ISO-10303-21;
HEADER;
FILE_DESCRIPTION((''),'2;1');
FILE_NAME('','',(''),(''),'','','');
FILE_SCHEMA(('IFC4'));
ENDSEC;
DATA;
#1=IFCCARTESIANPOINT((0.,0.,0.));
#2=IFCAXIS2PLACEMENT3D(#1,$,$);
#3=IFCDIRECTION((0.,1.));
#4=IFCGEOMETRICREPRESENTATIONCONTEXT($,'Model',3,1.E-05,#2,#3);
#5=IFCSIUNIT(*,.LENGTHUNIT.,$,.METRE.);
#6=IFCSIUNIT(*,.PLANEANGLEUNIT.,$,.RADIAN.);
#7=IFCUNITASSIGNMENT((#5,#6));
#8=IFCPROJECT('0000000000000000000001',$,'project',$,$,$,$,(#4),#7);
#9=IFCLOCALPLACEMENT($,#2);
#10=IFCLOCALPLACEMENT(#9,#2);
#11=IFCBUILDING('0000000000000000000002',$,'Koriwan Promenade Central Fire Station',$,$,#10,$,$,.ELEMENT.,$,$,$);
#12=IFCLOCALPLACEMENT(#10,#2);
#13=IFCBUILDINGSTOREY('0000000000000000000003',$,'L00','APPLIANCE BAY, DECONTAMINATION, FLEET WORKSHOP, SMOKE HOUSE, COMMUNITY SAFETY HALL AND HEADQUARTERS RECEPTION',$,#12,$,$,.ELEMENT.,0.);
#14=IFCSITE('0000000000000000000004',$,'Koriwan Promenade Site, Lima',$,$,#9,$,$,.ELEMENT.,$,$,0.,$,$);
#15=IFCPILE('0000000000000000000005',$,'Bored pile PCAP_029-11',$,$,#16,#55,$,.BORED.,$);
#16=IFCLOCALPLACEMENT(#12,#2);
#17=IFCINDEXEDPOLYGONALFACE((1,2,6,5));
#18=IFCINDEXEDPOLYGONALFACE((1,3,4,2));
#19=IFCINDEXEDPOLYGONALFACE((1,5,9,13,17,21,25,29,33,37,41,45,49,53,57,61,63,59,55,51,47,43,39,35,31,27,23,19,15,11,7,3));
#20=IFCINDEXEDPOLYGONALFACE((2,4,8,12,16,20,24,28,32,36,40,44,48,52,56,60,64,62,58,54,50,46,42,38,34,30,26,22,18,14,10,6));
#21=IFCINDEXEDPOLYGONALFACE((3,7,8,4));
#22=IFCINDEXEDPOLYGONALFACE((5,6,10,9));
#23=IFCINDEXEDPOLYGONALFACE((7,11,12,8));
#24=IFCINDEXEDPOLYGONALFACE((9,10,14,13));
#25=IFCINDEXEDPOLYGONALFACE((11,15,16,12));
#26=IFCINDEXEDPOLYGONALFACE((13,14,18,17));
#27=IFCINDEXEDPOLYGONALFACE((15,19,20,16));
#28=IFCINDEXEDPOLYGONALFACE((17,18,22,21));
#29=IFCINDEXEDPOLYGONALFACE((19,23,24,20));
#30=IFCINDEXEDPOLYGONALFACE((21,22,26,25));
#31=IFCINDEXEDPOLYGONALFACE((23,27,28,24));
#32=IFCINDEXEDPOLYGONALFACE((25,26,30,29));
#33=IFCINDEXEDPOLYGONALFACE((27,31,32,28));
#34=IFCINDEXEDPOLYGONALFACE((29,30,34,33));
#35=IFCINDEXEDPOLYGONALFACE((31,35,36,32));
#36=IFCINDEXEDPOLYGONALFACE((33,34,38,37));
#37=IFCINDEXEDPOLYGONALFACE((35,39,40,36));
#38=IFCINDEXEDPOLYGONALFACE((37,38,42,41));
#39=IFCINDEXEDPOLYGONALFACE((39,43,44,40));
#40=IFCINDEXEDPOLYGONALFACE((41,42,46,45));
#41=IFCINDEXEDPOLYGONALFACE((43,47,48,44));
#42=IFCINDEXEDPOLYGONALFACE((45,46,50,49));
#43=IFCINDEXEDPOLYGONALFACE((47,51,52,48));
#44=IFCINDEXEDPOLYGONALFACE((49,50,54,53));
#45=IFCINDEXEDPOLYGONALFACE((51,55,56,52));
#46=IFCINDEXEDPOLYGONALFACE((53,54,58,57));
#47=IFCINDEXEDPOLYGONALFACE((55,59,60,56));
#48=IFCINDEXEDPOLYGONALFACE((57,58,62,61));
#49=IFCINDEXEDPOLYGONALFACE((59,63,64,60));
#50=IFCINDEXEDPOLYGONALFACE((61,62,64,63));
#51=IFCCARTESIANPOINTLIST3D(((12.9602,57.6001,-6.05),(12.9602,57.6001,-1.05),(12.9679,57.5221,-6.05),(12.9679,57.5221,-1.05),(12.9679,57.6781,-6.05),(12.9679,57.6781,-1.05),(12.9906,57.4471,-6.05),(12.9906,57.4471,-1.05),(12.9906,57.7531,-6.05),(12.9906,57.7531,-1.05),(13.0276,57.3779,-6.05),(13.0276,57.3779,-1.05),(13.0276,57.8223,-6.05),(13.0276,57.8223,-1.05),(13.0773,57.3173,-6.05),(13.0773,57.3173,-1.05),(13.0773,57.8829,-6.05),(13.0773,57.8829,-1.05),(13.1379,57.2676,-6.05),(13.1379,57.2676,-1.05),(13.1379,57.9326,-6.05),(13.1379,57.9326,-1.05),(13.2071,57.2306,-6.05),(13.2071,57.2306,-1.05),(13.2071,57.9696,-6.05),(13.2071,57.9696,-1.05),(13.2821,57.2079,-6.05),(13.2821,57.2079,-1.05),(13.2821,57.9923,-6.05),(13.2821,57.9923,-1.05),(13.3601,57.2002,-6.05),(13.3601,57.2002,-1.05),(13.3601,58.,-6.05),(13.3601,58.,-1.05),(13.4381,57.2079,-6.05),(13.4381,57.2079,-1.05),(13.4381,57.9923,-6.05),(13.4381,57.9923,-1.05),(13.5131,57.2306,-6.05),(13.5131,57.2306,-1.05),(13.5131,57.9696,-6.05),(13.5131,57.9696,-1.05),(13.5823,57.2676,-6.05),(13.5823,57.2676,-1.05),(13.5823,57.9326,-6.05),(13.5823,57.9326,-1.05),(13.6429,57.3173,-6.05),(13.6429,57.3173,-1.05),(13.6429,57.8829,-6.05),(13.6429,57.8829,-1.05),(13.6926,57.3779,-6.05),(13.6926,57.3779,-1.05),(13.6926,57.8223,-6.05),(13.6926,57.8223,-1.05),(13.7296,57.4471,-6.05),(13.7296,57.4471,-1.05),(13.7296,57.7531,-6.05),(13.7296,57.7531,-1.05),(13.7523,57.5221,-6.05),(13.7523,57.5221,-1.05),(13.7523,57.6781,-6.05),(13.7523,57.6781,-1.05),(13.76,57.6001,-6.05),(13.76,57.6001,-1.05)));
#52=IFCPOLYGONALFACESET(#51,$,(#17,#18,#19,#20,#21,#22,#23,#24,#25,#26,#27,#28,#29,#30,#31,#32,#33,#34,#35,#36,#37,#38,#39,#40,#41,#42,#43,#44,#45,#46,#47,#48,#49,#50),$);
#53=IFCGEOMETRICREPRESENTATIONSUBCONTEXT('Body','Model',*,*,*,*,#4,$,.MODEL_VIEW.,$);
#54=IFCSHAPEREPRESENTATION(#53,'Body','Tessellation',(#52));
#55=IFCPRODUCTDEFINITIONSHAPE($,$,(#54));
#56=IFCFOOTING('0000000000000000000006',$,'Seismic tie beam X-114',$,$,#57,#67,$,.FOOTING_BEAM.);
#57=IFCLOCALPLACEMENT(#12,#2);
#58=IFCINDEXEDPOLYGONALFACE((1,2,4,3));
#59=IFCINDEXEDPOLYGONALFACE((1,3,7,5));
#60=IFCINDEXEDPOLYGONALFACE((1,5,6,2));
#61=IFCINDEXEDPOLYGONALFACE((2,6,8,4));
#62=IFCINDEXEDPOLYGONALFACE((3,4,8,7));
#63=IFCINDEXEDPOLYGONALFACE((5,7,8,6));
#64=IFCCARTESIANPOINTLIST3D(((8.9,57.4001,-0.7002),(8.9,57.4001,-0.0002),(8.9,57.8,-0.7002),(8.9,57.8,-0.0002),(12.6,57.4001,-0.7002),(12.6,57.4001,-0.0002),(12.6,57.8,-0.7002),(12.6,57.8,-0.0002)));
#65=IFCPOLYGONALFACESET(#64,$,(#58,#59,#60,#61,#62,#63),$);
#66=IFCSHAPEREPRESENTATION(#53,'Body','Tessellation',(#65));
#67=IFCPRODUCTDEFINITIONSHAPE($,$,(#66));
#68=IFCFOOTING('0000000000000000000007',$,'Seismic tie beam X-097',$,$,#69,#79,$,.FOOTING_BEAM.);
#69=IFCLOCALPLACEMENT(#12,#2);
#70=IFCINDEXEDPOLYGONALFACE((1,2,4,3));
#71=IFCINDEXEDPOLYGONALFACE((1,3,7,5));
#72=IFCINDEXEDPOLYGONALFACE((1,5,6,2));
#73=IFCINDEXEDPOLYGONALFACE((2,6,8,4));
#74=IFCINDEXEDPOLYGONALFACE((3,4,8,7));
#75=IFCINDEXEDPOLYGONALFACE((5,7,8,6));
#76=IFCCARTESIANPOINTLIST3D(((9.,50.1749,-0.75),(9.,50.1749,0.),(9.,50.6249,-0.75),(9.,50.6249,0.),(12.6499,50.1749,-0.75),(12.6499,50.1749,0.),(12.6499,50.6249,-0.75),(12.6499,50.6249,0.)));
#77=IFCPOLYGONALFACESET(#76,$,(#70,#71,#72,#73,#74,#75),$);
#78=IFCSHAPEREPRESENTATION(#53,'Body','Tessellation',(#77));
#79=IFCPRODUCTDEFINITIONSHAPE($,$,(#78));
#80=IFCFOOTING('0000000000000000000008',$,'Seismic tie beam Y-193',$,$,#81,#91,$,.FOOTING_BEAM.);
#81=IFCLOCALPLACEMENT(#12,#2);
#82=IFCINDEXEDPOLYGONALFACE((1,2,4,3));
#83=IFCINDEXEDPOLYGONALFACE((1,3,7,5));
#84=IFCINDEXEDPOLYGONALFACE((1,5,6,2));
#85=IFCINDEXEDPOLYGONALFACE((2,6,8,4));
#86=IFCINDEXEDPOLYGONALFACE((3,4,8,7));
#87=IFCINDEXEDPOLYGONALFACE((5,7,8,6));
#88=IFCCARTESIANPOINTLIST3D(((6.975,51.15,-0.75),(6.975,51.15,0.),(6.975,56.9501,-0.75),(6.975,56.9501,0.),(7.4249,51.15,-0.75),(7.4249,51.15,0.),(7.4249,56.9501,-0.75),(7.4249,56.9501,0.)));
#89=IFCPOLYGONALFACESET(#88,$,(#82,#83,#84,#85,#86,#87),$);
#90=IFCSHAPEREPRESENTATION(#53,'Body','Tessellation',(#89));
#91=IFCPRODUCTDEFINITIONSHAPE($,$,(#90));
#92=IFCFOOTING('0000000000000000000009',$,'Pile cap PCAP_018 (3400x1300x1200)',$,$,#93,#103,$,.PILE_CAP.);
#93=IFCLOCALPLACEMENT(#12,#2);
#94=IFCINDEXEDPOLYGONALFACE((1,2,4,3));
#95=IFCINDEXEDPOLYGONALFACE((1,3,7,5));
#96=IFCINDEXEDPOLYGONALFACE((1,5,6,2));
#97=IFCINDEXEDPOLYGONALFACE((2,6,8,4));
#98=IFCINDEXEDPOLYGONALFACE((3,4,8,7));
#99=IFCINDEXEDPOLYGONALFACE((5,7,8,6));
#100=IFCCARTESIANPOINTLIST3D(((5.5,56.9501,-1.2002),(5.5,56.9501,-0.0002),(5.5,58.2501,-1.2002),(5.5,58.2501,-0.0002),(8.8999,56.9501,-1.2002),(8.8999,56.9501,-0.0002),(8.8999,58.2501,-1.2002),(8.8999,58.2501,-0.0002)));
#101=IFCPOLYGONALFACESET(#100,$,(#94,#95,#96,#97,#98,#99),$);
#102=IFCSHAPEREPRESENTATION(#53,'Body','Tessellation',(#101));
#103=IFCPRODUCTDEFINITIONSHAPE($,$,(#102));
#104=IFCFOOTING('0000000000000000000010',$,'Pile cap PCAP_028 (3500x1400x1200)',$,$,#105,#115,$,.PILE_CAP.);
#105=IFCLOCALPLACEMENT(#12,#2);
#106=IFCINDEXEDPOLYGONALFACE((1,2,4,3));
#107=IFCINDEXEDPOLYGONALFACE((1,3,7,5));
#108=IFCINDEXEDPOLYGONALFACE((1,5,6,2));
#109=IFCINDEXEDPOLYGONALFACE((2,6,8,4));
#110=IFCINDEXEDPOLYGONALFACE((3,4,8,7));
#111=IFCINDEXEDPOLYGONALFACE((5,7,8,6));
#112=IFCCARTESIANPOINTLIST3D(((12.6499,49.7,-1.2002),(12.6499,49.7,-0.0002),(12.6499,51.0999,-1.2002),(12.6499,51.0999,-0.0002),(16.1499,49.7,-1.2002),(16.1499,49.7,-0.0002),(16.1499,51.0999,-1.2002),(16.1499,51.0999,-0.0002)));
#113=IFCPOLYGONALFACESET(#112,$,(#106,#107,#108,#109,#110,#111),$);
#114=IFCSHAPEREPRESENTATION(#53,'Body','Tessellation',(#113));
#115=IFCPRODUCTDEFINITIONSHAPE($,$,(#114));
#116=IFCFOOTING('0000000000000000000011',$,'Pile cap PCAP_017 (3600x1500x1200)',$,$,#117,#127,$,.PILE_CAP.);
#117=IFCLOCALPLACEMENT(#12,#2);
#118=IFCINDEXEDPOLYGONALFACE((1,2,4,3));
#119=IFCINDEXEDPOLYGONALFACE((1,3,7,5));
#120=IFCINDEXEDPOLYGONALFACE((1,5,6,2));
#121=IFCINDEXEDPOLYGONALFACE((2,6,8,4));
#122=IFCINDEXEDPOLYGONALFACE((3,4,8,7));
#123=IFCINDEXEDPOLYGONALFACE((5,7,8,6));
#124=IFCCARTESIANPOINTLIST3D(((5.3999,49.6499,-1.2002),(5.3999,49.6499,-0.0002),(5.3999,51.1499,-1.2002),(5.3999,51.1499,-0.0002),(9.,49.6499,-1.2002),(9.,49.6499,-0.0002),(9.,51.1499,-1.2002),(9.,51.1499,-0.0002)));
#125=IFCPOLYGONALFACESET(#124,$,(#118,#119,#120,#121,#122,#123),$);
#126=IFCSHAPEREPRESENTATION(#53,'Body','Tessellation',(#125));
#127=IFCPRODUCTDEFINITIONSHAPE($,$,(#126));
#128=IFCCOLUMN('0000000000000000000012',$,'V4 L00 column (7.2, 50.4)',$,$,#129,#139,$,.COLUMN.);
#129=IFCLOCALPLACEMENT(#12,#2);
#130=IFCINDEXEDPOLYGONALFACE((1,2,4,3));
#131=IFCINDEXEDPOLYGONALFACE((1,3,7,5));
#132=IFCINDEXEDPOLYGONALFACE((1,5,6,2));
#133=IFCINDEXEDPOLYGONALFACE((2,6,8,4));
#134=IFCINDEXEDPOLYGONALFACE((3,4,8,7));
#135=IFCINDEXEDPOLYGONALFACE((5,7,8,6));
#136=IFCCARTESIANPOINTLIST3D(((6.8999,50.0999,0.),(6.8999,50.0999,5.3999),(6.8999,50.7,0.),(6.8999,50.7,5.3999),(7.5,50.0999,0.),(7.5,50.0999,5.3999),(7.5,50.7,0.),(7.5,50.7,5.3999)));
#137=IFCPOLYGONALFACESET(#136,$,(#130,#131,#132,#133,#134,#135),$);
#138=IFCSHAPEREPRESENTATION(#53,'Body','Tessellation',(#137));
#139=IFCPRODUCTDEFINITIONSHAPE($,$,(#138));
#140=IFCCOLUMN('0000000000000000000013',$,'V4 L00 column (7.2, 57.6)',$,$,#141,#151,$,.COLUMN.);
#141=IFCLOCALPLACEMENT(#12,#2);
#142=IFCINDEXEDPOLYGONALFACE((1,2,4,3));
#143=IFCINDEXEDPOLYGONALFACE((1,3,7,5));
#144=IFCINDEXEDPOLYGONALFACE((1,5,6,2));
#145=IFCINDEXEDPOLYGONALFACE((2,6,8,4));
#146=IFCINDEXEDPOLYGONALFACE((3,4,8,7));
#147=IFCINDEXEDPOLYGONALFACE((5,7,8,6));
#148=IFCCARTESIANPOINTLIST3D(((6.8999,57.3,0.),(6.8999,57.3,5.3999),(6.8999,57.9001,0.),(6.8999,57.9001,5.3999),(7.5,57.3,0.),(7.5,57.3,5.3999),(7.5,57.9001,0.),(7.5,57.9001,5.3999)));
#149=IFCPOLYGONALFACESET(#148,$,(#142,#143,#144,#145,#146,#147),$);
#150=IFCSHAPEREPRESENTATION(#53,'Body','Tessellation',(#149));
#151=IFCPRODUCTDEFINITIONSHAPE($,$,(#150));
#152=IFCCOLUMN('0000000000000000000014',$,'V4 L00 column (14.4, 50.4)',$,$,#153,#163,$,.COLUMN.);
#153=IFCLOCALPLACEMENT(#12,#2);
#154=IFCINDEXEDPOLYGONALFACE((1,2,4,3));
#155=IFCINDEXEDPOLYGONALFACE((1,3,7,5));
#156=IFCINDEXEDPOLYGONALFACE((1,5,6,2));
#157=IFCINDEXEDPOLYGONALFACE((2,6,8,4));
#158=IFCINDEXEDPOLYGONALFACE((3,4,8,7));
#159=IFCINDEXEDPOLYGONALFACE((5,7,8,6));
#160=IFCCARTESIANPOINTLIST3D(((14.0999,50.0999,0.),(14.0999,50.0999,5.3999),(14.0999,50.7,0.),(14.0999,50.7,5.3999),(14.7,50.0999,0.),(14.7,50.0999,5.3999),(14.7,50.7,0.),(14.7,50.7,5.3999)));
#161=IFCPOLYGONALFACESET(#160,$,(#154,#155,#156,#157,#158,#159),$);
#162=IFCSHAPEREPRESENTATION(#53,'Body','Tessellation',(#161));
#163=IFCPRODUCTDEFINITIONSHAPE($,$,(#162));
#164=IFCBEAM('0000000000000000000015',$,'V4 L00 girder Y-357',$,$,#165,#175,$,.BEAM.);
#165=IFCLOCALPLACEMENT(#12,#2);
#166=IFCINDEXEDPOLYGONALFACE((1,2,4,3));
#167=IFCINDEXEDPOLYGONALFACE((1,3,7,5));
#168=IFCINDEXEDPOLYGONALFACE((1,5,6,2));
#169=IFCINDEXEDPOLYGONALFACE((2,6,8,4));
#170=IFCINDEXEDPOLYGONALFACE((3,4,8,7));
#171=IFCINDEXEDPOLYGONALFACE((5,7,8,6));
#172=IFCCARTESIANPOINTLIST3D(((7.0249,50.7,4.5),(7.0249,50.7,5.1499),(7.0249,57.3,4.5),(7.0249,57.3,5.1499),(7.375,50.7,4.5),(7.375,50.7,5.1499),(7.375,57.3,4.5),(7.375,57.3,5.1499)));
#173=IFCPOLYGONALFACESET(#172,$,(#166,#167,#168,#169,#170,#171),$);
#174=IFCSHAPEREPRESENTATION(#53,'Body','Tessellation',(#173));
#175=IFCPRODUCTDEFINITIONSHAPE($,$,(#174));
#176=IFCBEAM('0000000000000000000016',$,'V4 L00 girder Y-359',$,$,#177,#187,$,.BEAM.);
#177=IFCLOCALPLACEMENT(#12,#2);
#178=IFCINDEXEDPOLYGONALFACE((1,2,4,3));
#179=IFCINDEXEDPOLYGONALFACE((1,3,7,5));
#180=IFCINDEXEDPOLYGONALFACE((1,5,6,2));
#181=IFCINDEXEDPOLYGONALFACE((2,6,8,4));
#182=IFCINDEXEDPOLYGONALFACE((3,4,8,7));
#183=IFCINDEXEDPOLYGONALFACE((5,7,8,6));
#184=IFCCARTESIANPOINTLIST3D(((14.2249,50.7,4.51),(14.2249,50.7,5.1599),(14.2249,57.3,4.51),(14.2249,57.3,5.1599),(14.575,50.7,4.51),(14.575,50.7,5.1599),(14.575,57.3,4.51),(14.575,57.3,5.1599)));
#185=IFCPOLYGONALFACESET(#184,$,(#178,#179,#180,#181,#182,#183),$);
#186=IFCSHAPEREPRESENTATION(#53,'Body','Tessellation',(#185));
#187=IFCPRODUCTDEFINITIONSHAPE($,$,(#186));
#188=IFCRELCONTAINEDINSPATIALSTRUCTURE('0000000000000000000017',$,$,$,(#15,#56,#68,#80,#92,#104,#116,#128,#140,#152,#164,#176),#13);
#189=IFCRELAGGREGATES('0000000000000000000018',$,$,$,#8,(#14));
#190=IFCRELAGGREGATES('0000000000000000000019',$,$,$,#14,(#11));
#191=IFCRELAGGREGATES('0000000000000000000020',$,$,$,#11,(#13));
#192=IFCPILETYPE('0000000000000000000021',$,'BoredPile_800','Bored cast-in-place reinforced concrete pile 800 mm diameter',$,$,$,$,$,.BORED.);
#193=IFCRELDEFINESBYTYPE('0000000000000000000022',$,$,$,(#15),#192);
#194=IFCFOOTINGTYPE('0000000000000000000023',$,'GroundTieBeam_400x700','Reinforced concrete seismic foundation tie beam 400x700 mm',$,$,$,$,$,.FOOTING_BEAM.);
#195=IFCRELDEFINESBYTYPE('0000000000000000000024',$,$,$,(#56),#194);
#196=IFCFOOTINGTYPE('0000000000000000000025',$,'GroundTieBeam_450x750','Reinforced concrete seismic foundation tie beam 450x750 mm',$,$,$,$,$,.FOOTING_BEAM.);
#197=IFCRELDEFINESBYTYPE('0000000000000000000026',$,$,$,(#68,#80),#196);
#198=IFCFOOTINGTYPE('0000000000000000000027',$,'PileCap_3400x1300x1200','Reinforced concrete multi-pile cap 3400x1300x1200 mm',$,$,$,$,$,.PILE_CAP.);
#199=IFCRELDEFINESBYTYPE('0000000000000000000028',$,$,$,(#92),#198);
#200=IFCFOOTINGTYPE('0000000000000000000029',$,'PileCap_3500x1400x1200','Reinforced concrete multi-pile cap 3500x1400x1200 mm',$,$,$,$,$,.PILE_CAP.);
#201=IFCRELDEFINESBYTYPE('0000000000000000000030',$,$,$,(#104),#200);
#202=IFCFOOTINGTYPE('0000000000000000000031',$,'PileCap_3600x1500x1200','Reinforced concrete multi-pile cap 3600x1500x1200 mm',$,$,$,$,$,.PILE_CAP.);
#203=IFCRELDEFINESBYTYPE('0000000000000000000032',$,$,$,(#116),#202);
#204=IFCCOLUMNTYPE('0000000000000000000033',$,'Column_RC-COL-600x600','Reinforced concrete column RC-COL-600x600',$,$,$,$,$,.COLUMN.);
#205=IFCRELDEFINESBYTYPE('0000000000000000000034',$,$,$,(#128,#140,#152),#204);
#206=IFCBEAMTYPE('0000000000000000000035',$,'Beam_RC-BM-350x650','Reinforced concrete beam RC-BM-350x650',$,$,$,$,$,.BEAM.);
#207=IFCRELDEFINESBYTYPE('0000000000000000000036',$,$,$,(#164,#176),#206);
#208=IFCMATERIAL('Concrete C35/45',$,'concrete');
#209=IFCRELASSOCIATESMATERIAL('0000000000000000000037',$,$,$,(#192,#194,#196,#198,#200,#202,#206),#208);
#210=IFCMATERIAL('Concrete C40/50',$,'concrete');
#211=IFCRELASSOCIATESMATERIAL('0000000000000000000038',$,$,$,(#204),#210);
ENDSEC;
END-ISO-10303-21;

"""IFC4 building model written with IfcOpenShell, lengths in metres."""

from ifc_helpers import new_model, si_unit, direction, frame, origin, origin_2d, place, context, subcontext, project, spatial, rectangle, circle, extrude, material, material_profile, profile_set, type_object, element, save


model = new_model("IFC4")

# Units and contexts
model_context = context("Model", 3, precision=1e-05, world=origin(), true_north=direction((0.0, 1.0)))
body_context = subcontext(model_context, "Body", "Model", "MODEL_VIEW")
ifc_project = project(units=[si_unit("LENGTHUNIT", "METRE"), si_unit("PLANEANGLEUNIT", "RADIAN")], contexts=[model_context])

# Site, building, storey
site_placement = place(None, origin())
site = spatial("IfcSite", under=ifc_project, at=site_placement, Name="Koriwan Promenade Site, Lima", CompositionType="ELEMENT", RefElevation=0.0)
building_placement = place(site_placement, origin())
building = spatial("IfcBuilding", under=site, at=building_placement, Name="Koriwan Promenade Central Fire Station", CompositionType="ELEMENT")
storey_placement = place(building_placement, origin())
storey = spatial("IfcBuildingStorey", under=building, at=storey_placement, Name="L00", Description="APPLIANCE BAY, DECONTAMINATION, FLEET WORKSHOP, SMOKE HOUSE, COMMUNITY SAFETY HALL AND HEADQUARTERS RECEPTION", CompositionType="ELEMENT", Elevation=0.0)

# Pile
ifc_material_1 = material(Name="Concrete C35/45", Category="concrete")
ifc_material_profile_1 = material_profile(ifc_material_1, circle(Radius=0.3999, at=origin_2d()), Name="PILE-D800")
ifc_profile_set_1 = profile_set([ifc_material_profile_1], Name="Concrete C35/45")
pile_type = type_object("IfcPileType", Name="BoredPile_800", Description="Bored cast-in-place reinforced concrete pile 800 mm diameter", PredefinedType="BORED", material=ifc_profile_set_1)
for number, where, z_axis, x_axis, name in (
    (1, (13.3601, 57.6001, -1.05), (0.0, 0.0, -1.0), (1.0, 0.0, 0.0), "Bored pile PCAP_029-11"),
):
    element("IfcPile", number, at=place(storey_placement, frame(where, z_axis=z_axis, x_axis=x_axis)), inside=storey, type_object=pile_type, Name=name, PredefinedType="BORED", context=body_context, shape_type="SweptSolid", body=[
        extrude(circle(Radius=0.3999, at=origin_2d()), origin(), (0.0, 0.0, 1.0), 5.0),
    ])

# Footings
footing_type_1 = type_object("IfcFootingType", Name="GroundTieBeam_400x700", Description="Reinforced concrete seismic foundation tie beam 400x700 mm", PredefinedType="FOOTING_BEAM", material=ifc_material_1)
footing_1_placement = place(storey_placement, frame((10.75, 57.6001, -0.7002), z_axis=(0.0, 0.0, 1.0), x_axis=(1.0, 0.0, 0.0)))
element("IfcFooting", 2, at=footing_1_placement, inside=storey, type_object=footing_type_1, Name="Seismic tie beam X-114", PredefinedType="FOOTING_BEAM", context=body_context, shape_type="SweptSolid", body=[
    extrude(rectangle(XDim=3.7, YDim=0.3999, at=origin_2d()), origin(), (0.0, 0.0, 1.0), 0.7),
])
footing_type_2 = type_object("IfcFootingType", Name="GroundTieBeam_450x750", Description="Reinforced concrete seismic foundation tie beam 450x750 mm", PredefinedType="FOOTING_BEAM", material=ifc_material_1)
footing_2_placement = place(storey_placement, frame((10.825, 50.3999, -0.75), z_axis=(0.0, 0.0, 1.0), x_axis=(1.0, 0.0, 0.0)))
element("IfcFooting", 3, at=footing_2_placement, inside=storey, type_object=footing_type_2, Name="Seismic tie beam X-097", PredefinedType="FOOTING_BEAM", context=body_context, shape_type="SweptSolid", body=[
    extrude(rectangle(XDim=3.6499, YDim=0.45, at=origin_2d()), origin(), (0.0, 0.0, 1.0), 0.75),
])
footing_3_placement = place(storey_placement, frame((7.2, 54.05, -0.75), z_axis=(0.0, 0.0, 1.0), x_axis=(0.0, 1.0, 0.0)))
element("IfcFooting", 4, at=footing_3_placement, inside=storey, type_object=footing_type_2, Name="Seismic tie beam Y-193", PredefinedType="FOOTING_BEAM", context=body_context, shape_type="SweptSolid", body=[
    extrude(rectangle(XDim=5.8, YDim=0.45, at=origin_2d()), origin(), (0.0, 0.0, 1.0), 0.75),
])
footing_type_3 = type_object("IfcFootingType", Name="PileCap_3400x1300x1200", Description="Reinforced concrete multi-pile cap 3400x1300x1200 mm", PredefinedType="PILE_CAP", material=ifc_material_1)
footing_4_placement = place(storey_placement, frame((7.2, 57.6001, -1.2002), z_axis=(0.0, 0.0, 1.0), x_axis=(1.0, 0.0, 0.0)))
element("IfcFooting", 5, at=footing_4_placement, inside=storey, type_object=footing_type_3, Name="Pile cap PCAP_018 (3400x1300x1200)", PredefinedType="PILE_CAP", context=body_context, shape_type="SweptSolid", body=[
    extrude(rectangle(XDim=3.3999, YDim=1.3, at=origin_2d()), origin(), (0.0, 0.0, 1.0), 1.2),
])
footing_type_4 = type_object("IfcFootingType", Name="PileCap_3500x1400x1200", Description="Reinforced concrete multi-pile cap 3500x1400x1200 mm", PredefinedType="PILE_CAP", material=ifc_material_1)
footing_5_placement = place(storey_placement, frame((14.3999, 50.3999, -1.2002), z_axis=(0.0, 0.0, 1.0), x_axis=(1.0, 0.0, 0.0)))
element("IfcFooting", 6, at=footing_5_placement, inside=storey, type_object=footing_type_4, Name="Pile cap PCAP_028 (3500x1400x1200)", PredefinedType="PILE_CAP", context=body_context, shape_type="SweptSolid", body=[
    extrude(rectangle(XDim=3.5, YDim=1.3999, at=origin_2d()), origin(), (0.0, 0.0, 1.0), 1.2),
])
footing_type_5 = type_object("IfcFootingType", Name="PileCap_3600x1500x1200", Description="Reinforced concrete multi-pile cap 3600x1500x1200 mm", PredefinedType="PILE_CAP", material=ifc_material_1)
footing_6_placement = place(storey_placement, frame((7.2, 50.3999, -1.2002), z_axis=(0.0, 0.0, 1.0), x_axis=(1.0, 0.0, 0.0)))
element("IfcFooting", 7, at=footing_6_placement, inside=storey, type_object=footing_type_5, Name="Pile cap PCAP_017 (3600x1500x1200)", PredefinedType="PILE_CAP", context=body_context, shape_type="SweptSolid", body=[
    extrude(rectangle(XDim=3.6001, YDim=1.5, at=origin_2d()), origin(), (0.0, 0.0, 1.0), 1.2),
])

# Columns
ifc_material_2 = material(Name="Concrete C40/50", Category="concrete")
ifc_material_profile_2 = material_profile(ifc_material_2, rectangle(XDim=0.6001, YDim=0.6001, at=origin_2d()), Name="RC-COL-600x600")
ifc_profile_set_2 = profile_set([ifc_material_profile_2], Name="Concrete C40/50")
column_type = type_object("IfcColumnType", Name="Column_RC-COL-600x600", Description="Reinforced concrete column RC-COL-600x600", PredefinedType="COLUMN", material=ifc_profile_set_2)
for number, where, z_axis, x_axis, name in (
    (8, (7.2, 50.3999, 0.0), (0.0, 0.0, 1.0), (1.0, 0.0, 0.0), "V4 L00 column (7.2, 50.4)"),
    (9, (7.2, 57.6001, 0.0), (0.0, 0.0, 1.0), (1.0, 0.0, 0.0), "V4 L00 column (7.2, 57.6)"),
    (10, (14.3999, 50.3999, 0.0), (0.0, 0.0, 1.0), (1.0, 0.0, 0.0), "V4 L00 column (14.4, 50.4)"),
):
    element("IfcColumn", number, at=place(storey_placement, frame(where, z_axis=z_axis, x_axis=x_axis)), inside=storey, type_object=column_type, Name=name, PredefinedType="COLUMN", context=body_context, shape_type="SweptSolid", body=[
        extrude(rectangle(XDim=0.6001, YDim=0.6001, at=origin_2d()), origin(), (0.0, 0.0, 1.0), 5.3999),
    ])

# Beams
ifc_material_profile_3 = material_profile(ifc_material_1, rectangle(XDim=0.3501, YDim=0.6499, at=origin_2d()), Name="RC-BM-350x650")
ifc_profile_set_3 = profile_set([ifc_material_profile_3], Name="Concrete C35/45")
beam_type_1 = type_object("IfcBeamType", Name="Beam_RC-BM-350x650", Description="Reinforced concrete beam RC-BM-350x650", PredefinedType="BEAM", material=ifc_profile_set_3)
for number, where, z_axis, x_axis, name in (
    (11, (7.2, 50.7, 4.825), (0.0, 1.0, 0.0), (-1.0, 0.0, 0.0), "V4 L00 girder Y-357"),
    (12, (14.3999, 50.7, 4.835), (0.0, 1.0, 0.0), (-1.0, 0.0, 0.0), "V4 L00 girder Y-359"),
):
    element("IfcBeam", number, at=place(storey_placement, frame(where, z_axis=z_axis, x_axis=x_axis)), inside=storey, type_object=beam_type_1, Name=name, PredefinedType="BEAM", context=body_context, shape_type="SweptSolid", body=[
        extrude(rectangle(XDim=0.3501, YDim=0.6499, at=origin_2d()), origin(), (0.0, 0.0, 1.0), 6.6001),
    ])

save(model, "model.ifc")
